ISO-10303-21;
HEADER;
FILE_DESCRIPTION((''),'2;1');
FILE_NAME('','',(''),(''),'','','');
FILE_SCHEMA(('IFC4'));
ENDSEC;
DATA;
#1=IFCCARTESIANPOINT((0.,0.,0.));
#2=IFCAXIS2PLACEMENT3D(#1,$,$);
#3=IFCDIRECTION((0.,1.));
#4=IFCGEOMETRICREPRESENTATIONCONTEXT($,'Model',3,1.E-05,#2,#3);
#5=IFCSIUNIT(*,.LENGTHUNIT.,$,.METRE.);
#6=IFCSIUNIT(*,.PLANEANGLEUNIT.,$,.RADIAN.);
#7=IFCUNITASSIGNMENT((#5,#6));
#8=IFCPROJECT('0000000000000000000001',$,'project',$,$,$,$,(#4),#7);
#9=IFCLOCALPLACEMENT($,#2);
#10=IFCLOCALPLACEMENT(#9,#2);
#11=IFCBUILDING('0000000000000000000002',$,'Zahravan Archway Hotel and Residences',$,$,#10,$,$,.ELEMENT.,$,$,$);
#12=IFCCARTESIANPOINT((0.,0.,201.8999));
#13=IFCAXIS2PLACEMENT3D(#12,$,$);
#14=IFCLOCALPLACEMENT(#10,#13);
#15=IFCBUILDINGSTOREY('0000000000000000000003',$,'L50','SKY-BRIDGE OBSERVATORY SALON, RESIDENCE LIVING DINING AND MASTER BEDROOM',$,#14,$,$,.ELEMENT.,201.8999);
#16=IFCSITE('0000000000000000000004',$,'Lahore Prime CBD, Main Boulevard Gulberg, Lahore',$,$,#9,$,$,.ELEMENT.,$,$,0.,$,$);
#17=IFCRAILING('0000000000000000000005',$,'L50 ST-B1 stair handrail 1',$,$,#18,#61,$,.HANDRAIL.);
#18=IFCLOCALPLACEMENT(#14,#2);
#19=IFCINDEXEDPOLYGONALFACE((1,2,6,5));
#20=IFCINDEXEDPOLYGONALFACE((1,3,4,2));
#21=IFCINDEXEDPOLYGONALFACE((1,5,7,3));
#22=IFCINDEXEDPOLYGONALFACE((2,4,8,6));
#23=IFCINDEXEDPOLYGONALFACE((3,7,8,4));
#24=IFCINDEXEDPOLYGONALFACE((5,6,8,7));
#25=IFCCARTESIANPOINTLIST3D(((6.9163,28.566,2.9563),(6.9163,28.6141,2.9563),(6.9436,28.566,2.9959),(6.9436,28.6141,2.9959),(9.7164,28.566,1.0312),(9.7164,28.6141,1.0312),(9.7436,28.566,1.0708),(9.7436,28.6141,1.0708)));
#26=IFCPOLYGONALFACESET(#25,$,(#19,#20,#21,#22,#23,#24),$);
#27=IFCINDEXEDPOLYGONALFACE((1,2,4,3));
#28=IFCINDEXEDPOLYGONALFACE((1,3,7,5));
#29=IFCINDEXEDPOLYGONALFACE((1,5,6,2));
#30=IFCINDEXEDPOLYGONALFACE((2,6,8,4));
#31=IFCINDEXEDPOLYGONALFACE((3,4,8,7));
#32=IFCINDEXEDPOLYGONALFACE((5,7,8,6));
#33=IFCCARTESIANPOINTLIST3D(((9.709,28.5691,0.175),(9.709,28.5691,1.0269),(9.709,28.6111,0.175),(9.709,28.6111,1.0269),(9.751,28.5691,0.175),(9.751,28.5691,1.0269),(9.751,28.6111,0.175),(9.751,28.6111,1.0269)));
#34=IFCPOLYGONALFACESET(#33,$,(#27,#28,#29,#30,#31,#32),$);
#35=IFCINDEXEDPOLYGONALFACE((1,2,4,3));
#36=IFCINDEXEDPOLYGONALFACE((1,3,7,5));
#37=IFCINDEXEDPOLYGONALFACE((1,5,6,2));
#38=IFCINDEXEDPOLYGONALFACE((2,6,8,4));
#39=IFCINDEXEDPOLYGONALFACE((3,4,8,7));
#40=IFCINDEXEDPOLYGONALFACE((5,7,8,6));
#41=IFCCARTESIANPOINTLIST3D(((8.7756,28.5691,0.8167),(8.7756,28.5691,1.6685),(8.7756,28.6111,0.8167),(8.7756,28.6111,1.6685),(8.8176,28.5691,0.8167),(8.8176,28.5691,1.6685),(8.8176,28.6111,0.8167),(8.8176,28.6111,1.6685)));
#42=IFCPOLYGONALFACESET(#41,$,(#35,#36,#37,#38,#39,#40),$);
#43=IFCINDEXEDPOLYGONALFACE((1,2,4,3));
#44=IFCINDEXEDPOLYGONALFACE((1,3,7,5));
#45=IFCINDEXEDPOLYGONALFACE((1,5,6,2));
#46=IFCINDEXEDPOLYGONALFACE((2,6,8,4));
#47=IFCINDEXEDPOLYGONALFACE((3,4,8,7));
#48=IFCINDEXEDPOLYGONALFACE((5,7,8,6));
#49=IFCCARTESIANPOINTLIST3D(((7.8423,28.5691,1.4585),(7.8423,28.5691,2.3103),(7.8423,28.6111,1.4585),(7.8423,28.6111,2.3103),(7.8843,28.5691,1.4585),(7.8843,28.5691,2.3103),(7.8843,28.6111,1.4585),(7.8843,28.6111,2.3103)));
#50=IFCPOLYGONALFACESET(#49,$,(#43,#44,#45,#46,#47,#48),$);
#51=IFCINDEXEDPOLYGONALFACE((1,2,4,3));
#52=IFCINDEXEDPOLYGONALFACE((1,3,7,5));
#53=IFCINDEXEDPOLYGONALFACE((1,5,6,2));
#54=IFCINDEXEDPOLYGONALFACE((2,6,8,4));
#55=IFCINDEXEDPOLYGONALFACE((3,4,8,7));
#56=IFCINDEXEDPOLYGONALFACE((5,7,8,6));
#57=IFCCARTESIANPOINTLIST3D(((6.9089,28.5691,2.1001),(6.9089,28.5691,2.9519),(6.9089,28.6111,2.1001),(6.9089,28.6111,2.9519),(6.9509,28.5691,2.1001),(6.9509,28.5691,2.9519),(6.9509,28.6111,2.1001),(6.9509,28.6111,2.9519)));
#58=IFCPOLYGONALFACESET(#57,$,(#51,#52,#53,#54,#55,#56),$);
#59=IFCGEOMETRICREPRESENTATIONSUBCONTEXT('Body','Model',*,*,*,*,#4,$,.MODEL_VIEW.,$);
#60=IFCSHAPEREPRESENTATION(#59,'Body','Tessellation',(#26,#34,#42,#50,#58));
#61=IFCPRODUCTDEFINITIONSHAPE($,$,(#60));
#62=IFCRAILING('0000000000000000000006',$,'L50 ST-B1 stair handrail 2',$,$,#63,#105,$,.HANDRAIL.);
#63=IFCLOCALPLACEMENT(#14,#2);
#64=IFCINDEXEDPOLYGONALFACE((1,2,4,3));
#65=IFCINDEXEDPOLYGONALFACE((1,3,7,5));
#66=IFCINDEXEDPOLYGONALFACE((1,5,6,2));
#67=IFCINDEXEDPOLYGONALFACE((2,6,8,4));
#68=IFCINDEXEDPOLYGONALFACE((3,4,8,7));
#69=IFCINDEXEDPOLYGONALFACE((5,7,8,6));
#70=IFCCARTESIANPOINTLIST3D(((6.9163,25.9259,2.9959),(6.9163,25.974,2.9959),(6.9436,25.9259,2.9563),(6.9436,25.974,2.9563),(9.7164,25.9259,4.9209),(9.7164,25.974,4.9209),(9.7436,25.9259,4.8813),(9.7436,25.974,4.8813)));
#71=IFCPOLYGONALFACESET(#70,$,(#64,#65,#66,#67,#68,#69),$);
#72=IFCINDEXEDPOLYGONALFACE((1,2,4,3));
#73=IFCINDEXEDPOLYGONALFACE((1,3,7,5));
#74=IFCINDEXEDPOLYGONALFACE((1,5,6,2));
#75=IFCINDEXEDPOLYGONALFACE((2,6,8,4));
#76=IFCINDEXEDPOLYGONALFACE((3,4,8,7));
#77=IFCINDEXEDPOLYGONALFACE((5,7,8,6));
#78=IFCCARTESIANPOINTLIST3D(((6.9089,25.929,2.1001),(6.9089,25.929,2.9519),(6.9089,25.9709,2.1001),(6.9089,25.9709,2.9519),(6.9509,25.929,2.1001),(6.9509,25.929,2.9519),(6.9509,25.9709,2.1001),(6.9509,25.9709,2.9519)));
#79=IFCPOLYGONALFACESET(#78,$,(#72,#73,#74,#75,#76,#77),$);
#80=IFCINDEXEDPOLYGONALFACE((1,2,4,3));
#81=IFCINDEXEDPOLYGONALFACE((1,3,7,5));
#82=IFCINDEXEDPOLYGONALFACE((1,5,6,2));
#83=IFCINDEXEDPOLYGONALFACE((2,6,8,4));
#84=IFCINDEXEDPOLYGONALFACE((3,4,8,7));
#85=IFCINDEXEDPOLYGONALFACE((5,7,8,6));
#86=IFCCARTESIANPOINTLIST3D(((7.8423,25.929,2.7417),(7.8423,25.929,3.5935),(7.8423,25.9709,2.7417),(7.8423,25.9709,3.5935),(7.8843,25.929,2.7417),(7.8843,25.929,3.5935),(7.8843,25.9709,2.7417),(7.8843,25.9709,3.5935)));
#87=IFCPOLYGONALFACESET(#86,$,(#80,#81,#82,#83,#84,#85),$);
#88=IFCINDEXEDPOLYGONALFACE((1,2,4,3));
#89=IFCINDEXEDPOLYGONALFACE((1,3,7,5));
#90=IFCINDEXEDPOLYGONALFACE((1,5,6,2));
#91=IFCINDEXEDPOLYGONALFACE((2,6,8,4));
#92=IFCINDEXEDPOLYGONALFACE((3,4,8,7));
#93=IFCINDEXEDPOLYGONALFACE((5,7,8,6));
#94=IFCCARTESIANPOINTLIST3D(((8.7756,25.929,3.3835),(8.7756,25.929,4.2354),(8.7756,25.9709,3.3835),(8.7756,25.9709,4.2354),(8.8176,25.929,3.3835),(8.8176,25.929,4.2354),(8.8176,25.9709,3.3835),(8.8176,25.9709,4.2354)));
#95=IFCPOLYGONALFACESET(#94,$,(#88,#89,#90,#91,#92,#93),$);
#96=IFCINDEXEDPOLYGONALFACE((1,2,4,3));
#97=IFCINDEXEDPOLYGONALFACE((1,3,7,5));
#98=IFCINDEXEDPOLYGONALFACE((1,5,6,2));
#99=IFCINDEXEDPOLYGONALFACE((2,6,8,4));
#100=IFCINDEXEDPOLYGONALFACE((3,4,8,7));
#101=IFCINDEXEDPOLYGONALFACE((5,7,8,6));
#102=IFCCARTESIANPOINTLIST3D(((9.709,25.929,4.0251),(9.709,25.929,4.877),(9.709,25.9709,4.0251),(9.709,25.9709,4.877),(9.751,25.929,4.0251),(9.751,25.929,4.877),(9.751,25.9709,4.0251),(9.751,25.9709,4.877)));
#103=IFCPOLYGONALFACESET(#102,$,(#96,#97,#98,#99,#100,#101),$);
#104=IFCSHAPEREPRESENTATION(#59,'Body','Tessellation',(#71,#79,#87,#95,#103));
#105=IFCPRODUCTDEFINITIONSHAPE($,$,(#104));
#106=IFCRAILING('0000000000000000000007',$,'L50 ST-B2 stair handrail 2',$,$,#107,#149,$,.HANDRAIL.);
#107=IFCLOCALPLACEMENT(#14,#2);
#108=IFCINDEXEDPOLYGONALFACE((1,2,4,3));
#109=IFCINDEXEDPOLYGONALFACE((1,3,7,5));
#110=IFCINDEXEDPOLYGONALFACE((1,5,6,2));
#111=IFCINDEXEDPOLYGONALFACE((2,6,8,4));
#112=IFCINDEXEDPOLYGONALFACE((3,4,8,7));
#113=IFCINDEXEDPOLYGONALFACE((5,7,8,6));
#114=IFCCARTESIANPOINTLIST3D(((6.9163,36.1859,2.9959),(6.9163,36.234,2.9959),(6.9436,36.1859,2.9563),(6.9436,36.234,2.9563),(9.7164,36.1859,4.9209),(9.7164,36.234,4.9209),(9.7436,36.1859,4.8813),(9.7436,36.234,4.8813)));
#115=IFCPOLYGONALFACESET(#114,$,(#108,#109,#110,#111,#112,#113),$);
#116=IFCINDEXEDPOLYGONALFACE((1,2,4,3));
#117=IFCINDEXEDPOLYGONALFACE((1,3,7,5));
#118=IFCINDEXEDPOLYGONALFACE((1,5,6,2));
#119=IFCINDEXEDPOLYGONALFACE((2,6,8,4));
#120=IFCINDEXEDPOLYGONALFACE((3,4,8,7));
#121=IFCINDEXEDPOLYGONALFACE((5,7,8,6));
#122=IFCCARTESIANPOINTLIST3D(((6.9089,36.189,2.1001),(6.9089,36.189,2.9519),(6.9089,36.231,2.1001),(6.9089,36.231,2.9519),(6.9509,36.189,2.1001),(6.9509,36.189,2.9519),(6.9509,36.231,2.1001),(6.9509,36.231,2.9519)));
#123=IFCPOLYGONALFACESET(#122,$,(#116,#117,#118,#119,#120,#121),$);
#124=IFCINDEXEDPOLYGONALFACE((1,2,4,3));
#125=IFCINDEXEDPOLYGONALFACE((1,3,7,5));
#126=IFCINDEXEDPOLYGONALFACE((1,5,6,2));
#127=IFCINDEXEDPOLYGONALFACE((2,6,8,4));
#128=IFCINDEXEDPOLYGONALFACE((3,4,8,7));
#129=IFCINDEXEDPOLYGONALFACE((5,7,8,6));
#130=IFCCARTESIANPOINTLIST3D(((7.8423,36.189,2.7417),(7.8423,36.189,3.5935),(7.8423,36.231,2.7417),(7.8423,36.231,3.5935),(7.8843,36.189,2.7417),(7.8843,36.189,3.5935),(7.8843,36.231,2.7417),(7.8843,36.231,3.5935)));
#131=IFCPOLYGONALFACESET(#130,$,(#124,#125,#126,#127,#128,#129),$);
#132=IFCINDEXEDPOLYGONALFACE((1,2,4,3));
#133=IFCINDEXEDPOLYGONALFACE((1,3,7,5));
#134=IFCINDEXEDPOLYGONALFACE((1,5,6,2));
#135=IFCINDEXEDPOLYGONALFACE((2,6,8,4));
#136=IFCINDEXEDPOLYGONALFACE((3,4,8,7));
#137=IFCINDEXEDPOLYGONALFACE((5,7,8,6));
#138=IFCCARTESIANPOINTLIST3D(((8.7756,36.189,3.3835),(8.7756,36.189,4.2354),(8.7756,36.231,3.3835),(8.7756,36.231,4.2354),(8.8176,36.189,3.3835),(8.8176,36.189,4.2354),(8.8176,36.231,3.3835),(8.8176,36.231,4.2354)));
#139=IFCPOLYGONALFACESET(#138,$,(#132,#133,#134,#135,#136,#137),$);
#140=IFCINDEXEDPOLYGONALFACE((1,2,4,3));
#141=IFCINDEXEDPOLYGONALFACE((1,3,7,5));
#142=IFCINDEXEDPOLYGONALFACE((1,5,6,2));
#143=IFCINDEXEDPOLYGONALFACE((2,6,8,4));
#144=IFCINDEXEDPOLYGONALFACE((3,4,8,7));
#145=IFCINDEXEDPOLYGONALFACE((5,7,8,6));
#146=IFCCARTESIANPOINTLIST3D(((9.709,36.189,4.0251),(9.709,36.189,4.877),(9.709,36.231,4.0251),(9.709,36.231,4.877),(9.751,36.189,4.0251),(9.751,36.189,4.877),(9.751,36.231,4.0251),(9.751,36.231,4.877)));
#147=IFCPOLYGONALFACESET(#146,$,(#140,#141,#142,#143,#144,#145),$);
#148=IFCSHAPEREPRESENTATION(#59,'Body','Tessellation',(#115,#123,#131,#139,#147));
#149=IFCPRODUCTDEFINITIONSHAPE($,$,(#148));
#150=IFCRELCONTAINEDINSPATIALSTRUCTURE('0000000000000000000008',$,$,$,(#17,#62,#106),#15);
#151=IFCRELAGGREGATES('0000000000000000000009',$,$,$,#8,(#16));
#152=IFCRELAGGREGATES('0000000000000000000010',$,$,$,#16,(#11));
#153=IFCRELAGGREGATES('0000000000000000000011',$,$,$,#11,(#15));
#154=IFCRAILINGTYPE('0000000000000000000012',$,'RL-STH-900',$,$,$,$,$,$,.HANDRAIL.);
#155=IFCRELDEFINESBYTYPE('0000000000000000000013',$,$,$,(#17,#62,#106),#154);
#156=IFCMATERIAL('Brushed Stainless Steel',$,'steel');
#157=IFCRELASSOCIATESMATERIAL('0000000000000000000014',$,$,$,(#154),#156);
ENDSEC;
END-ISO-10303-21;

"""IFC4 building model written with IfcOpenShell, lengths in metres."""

from ifc_helpers import new_model, si_unit, direction, frame, origin, origin_2d, place, context, subcontext, project, spatial, rectangle, extrude, material, type_object, element, save


model = new_model("IFC4")

# Units and contexts
model_context = context("Model", 3, precision=1e-05, world=origin(), true_north=direction((0.0, 1.0)))
body_context = subcontext(model_context, "Body", "Model", "MODEL_VIEW")
ifc_project = project(units=[si_unit("LENGTHUNIT", "METRE"), si_unit("PLANEANGLEUNIT", "RADIAN")], contexts=[model_context])

# Site, building, storey
site_placement = place(None, origin())
site = spatial("IfcSite", under=ifc_project, at=site_placement, Name="Lahore Prime CBD, Main Boulevard Gulberg, Lahore", CompositionType="ELEMENT", RefElevation=0.0)
building_placement = place(site_placement, origin())
building = spatial("IfcBuilding", under=site, at=building_placement, Name="Zahravan Archway Hotel and Residences", CompositionType="ELEMENT")
storey_placement = place(building_placement, frame((0.0, 0.0, 201.8999)))
storey = spatial("IfcBuildingStorey", under=building, at=storey_placement, Name="L50", Description="SKY-BRIDGE OBSERVATORY SALON, RESIDENCE LIVING DINING AND MASTER BEDROOM", CompositionType="ELEMENT", Elevation=201.8999)

# Shared definitions
ifc_material_1 = material(Name="Brushed Stainless Steel", Category="steel")

# Railings
railing_type_1 = type_object("IfcRailingType", Name="RL-STH-900", PredefinedType="HANDRAIL", material=ifc_material_1)
railing_1_placement = place(storey_placement, frame((9.73, 28.5901, 0.175)))
element("IfcRailing", 1, at=railing_1_placement, inside=storey, type_object=railing_type_1, Name="L50 ST-B1 stair handrail 1", PredefinedType="HANDRAIL", context=body_context, shape_type="SweptSolid", body=[
    extrude(rectangle(XDim=0.0481, YDim=0.0481, at=origin_2d()), frame((0.0, 0.0, 0.876), z_axis=(-0.82404, 0.0, 0.566532), x_axis=(0.0, -1.0, 0.0)), (0.0, 0.0, 1.0), 3.3979),
    extrude(rectangle(XDim=0.042, YDim=0.042, at=origin_2d()), origin(), (0.0, 0.0, 1.0), 0.8518),
    extrude(rectangle(XDim=0.042, YDim=0.042, at=origin_2d()), frame((-0.9333, 0.0, 0.6416)), (0.0, 0.0, 1.0), 0.8518),
    extrude(rectangle(XDim=0.042, YDim=0.042, at=origin_2d()), frame((-1.8667, 0.0, 1.2834)), (0.0, 0.0, 1.0), 0.8518),
    extrude(rectangle(XDim=0.042, YDim=0.042, at=origin_2d()), frame((-2.8, 0.0, 1.925)), (0.0, 0.0, 1.0), 0.8518),
])
for number, where, name in (
    (2, (6.9299, 25.95, 2.1001), "L50 ST-B1 stair handrail 2"),
    (3, (6.9299, 36.21, 2.1001), "L50 ST-B2 stair handrail 2"),
):
    element("IfcRailing", number, at=place(storey_placement, frame(where)), inside=storey, type_object=railing_type_1, Name=name, PredefinedType="HANDRAIL", context=body_context, shape_type="SweptSolid", body=[
        extrude(rectangle(XDim=0.0481, YDim=0.0481, at=origin_2d()), frame((0.0, 0.0, 0.876), z_axis=(0.82404, 0.0, 0.566532), x_axis=(0.0, 1.0, 0.0)), (0.0, 0.0, 1.0), 3.3979),
        extrude(rectangle(XDim=0.042, YDim=0.042, at=origin_2d()), origin(), (0.0, 0.0, 1.0), 0.8518),
        extrude(rectangle(XDim=0.042, YDim=0.042, at=origin_2d()), frame((0.9333, 0.0, 0.6416)), (0.0, 0.0, 1.0), 0.8518),
        extrude(rectangle(XDim=0.042, YDim=0.042, at=origin_2d()), frame((1.8667, 0.0, 1.2834)), (0.0, 0.0, 1.0), 0.8518),
        extrude(rectangle(XDim=0.042, YDim=0.042, at=origin_2d()), frame((2.8, 0.0, 1.925)), (0.0, 0.0, 1.0), 0.8518),
    ])

save(model, "model.ifc")
